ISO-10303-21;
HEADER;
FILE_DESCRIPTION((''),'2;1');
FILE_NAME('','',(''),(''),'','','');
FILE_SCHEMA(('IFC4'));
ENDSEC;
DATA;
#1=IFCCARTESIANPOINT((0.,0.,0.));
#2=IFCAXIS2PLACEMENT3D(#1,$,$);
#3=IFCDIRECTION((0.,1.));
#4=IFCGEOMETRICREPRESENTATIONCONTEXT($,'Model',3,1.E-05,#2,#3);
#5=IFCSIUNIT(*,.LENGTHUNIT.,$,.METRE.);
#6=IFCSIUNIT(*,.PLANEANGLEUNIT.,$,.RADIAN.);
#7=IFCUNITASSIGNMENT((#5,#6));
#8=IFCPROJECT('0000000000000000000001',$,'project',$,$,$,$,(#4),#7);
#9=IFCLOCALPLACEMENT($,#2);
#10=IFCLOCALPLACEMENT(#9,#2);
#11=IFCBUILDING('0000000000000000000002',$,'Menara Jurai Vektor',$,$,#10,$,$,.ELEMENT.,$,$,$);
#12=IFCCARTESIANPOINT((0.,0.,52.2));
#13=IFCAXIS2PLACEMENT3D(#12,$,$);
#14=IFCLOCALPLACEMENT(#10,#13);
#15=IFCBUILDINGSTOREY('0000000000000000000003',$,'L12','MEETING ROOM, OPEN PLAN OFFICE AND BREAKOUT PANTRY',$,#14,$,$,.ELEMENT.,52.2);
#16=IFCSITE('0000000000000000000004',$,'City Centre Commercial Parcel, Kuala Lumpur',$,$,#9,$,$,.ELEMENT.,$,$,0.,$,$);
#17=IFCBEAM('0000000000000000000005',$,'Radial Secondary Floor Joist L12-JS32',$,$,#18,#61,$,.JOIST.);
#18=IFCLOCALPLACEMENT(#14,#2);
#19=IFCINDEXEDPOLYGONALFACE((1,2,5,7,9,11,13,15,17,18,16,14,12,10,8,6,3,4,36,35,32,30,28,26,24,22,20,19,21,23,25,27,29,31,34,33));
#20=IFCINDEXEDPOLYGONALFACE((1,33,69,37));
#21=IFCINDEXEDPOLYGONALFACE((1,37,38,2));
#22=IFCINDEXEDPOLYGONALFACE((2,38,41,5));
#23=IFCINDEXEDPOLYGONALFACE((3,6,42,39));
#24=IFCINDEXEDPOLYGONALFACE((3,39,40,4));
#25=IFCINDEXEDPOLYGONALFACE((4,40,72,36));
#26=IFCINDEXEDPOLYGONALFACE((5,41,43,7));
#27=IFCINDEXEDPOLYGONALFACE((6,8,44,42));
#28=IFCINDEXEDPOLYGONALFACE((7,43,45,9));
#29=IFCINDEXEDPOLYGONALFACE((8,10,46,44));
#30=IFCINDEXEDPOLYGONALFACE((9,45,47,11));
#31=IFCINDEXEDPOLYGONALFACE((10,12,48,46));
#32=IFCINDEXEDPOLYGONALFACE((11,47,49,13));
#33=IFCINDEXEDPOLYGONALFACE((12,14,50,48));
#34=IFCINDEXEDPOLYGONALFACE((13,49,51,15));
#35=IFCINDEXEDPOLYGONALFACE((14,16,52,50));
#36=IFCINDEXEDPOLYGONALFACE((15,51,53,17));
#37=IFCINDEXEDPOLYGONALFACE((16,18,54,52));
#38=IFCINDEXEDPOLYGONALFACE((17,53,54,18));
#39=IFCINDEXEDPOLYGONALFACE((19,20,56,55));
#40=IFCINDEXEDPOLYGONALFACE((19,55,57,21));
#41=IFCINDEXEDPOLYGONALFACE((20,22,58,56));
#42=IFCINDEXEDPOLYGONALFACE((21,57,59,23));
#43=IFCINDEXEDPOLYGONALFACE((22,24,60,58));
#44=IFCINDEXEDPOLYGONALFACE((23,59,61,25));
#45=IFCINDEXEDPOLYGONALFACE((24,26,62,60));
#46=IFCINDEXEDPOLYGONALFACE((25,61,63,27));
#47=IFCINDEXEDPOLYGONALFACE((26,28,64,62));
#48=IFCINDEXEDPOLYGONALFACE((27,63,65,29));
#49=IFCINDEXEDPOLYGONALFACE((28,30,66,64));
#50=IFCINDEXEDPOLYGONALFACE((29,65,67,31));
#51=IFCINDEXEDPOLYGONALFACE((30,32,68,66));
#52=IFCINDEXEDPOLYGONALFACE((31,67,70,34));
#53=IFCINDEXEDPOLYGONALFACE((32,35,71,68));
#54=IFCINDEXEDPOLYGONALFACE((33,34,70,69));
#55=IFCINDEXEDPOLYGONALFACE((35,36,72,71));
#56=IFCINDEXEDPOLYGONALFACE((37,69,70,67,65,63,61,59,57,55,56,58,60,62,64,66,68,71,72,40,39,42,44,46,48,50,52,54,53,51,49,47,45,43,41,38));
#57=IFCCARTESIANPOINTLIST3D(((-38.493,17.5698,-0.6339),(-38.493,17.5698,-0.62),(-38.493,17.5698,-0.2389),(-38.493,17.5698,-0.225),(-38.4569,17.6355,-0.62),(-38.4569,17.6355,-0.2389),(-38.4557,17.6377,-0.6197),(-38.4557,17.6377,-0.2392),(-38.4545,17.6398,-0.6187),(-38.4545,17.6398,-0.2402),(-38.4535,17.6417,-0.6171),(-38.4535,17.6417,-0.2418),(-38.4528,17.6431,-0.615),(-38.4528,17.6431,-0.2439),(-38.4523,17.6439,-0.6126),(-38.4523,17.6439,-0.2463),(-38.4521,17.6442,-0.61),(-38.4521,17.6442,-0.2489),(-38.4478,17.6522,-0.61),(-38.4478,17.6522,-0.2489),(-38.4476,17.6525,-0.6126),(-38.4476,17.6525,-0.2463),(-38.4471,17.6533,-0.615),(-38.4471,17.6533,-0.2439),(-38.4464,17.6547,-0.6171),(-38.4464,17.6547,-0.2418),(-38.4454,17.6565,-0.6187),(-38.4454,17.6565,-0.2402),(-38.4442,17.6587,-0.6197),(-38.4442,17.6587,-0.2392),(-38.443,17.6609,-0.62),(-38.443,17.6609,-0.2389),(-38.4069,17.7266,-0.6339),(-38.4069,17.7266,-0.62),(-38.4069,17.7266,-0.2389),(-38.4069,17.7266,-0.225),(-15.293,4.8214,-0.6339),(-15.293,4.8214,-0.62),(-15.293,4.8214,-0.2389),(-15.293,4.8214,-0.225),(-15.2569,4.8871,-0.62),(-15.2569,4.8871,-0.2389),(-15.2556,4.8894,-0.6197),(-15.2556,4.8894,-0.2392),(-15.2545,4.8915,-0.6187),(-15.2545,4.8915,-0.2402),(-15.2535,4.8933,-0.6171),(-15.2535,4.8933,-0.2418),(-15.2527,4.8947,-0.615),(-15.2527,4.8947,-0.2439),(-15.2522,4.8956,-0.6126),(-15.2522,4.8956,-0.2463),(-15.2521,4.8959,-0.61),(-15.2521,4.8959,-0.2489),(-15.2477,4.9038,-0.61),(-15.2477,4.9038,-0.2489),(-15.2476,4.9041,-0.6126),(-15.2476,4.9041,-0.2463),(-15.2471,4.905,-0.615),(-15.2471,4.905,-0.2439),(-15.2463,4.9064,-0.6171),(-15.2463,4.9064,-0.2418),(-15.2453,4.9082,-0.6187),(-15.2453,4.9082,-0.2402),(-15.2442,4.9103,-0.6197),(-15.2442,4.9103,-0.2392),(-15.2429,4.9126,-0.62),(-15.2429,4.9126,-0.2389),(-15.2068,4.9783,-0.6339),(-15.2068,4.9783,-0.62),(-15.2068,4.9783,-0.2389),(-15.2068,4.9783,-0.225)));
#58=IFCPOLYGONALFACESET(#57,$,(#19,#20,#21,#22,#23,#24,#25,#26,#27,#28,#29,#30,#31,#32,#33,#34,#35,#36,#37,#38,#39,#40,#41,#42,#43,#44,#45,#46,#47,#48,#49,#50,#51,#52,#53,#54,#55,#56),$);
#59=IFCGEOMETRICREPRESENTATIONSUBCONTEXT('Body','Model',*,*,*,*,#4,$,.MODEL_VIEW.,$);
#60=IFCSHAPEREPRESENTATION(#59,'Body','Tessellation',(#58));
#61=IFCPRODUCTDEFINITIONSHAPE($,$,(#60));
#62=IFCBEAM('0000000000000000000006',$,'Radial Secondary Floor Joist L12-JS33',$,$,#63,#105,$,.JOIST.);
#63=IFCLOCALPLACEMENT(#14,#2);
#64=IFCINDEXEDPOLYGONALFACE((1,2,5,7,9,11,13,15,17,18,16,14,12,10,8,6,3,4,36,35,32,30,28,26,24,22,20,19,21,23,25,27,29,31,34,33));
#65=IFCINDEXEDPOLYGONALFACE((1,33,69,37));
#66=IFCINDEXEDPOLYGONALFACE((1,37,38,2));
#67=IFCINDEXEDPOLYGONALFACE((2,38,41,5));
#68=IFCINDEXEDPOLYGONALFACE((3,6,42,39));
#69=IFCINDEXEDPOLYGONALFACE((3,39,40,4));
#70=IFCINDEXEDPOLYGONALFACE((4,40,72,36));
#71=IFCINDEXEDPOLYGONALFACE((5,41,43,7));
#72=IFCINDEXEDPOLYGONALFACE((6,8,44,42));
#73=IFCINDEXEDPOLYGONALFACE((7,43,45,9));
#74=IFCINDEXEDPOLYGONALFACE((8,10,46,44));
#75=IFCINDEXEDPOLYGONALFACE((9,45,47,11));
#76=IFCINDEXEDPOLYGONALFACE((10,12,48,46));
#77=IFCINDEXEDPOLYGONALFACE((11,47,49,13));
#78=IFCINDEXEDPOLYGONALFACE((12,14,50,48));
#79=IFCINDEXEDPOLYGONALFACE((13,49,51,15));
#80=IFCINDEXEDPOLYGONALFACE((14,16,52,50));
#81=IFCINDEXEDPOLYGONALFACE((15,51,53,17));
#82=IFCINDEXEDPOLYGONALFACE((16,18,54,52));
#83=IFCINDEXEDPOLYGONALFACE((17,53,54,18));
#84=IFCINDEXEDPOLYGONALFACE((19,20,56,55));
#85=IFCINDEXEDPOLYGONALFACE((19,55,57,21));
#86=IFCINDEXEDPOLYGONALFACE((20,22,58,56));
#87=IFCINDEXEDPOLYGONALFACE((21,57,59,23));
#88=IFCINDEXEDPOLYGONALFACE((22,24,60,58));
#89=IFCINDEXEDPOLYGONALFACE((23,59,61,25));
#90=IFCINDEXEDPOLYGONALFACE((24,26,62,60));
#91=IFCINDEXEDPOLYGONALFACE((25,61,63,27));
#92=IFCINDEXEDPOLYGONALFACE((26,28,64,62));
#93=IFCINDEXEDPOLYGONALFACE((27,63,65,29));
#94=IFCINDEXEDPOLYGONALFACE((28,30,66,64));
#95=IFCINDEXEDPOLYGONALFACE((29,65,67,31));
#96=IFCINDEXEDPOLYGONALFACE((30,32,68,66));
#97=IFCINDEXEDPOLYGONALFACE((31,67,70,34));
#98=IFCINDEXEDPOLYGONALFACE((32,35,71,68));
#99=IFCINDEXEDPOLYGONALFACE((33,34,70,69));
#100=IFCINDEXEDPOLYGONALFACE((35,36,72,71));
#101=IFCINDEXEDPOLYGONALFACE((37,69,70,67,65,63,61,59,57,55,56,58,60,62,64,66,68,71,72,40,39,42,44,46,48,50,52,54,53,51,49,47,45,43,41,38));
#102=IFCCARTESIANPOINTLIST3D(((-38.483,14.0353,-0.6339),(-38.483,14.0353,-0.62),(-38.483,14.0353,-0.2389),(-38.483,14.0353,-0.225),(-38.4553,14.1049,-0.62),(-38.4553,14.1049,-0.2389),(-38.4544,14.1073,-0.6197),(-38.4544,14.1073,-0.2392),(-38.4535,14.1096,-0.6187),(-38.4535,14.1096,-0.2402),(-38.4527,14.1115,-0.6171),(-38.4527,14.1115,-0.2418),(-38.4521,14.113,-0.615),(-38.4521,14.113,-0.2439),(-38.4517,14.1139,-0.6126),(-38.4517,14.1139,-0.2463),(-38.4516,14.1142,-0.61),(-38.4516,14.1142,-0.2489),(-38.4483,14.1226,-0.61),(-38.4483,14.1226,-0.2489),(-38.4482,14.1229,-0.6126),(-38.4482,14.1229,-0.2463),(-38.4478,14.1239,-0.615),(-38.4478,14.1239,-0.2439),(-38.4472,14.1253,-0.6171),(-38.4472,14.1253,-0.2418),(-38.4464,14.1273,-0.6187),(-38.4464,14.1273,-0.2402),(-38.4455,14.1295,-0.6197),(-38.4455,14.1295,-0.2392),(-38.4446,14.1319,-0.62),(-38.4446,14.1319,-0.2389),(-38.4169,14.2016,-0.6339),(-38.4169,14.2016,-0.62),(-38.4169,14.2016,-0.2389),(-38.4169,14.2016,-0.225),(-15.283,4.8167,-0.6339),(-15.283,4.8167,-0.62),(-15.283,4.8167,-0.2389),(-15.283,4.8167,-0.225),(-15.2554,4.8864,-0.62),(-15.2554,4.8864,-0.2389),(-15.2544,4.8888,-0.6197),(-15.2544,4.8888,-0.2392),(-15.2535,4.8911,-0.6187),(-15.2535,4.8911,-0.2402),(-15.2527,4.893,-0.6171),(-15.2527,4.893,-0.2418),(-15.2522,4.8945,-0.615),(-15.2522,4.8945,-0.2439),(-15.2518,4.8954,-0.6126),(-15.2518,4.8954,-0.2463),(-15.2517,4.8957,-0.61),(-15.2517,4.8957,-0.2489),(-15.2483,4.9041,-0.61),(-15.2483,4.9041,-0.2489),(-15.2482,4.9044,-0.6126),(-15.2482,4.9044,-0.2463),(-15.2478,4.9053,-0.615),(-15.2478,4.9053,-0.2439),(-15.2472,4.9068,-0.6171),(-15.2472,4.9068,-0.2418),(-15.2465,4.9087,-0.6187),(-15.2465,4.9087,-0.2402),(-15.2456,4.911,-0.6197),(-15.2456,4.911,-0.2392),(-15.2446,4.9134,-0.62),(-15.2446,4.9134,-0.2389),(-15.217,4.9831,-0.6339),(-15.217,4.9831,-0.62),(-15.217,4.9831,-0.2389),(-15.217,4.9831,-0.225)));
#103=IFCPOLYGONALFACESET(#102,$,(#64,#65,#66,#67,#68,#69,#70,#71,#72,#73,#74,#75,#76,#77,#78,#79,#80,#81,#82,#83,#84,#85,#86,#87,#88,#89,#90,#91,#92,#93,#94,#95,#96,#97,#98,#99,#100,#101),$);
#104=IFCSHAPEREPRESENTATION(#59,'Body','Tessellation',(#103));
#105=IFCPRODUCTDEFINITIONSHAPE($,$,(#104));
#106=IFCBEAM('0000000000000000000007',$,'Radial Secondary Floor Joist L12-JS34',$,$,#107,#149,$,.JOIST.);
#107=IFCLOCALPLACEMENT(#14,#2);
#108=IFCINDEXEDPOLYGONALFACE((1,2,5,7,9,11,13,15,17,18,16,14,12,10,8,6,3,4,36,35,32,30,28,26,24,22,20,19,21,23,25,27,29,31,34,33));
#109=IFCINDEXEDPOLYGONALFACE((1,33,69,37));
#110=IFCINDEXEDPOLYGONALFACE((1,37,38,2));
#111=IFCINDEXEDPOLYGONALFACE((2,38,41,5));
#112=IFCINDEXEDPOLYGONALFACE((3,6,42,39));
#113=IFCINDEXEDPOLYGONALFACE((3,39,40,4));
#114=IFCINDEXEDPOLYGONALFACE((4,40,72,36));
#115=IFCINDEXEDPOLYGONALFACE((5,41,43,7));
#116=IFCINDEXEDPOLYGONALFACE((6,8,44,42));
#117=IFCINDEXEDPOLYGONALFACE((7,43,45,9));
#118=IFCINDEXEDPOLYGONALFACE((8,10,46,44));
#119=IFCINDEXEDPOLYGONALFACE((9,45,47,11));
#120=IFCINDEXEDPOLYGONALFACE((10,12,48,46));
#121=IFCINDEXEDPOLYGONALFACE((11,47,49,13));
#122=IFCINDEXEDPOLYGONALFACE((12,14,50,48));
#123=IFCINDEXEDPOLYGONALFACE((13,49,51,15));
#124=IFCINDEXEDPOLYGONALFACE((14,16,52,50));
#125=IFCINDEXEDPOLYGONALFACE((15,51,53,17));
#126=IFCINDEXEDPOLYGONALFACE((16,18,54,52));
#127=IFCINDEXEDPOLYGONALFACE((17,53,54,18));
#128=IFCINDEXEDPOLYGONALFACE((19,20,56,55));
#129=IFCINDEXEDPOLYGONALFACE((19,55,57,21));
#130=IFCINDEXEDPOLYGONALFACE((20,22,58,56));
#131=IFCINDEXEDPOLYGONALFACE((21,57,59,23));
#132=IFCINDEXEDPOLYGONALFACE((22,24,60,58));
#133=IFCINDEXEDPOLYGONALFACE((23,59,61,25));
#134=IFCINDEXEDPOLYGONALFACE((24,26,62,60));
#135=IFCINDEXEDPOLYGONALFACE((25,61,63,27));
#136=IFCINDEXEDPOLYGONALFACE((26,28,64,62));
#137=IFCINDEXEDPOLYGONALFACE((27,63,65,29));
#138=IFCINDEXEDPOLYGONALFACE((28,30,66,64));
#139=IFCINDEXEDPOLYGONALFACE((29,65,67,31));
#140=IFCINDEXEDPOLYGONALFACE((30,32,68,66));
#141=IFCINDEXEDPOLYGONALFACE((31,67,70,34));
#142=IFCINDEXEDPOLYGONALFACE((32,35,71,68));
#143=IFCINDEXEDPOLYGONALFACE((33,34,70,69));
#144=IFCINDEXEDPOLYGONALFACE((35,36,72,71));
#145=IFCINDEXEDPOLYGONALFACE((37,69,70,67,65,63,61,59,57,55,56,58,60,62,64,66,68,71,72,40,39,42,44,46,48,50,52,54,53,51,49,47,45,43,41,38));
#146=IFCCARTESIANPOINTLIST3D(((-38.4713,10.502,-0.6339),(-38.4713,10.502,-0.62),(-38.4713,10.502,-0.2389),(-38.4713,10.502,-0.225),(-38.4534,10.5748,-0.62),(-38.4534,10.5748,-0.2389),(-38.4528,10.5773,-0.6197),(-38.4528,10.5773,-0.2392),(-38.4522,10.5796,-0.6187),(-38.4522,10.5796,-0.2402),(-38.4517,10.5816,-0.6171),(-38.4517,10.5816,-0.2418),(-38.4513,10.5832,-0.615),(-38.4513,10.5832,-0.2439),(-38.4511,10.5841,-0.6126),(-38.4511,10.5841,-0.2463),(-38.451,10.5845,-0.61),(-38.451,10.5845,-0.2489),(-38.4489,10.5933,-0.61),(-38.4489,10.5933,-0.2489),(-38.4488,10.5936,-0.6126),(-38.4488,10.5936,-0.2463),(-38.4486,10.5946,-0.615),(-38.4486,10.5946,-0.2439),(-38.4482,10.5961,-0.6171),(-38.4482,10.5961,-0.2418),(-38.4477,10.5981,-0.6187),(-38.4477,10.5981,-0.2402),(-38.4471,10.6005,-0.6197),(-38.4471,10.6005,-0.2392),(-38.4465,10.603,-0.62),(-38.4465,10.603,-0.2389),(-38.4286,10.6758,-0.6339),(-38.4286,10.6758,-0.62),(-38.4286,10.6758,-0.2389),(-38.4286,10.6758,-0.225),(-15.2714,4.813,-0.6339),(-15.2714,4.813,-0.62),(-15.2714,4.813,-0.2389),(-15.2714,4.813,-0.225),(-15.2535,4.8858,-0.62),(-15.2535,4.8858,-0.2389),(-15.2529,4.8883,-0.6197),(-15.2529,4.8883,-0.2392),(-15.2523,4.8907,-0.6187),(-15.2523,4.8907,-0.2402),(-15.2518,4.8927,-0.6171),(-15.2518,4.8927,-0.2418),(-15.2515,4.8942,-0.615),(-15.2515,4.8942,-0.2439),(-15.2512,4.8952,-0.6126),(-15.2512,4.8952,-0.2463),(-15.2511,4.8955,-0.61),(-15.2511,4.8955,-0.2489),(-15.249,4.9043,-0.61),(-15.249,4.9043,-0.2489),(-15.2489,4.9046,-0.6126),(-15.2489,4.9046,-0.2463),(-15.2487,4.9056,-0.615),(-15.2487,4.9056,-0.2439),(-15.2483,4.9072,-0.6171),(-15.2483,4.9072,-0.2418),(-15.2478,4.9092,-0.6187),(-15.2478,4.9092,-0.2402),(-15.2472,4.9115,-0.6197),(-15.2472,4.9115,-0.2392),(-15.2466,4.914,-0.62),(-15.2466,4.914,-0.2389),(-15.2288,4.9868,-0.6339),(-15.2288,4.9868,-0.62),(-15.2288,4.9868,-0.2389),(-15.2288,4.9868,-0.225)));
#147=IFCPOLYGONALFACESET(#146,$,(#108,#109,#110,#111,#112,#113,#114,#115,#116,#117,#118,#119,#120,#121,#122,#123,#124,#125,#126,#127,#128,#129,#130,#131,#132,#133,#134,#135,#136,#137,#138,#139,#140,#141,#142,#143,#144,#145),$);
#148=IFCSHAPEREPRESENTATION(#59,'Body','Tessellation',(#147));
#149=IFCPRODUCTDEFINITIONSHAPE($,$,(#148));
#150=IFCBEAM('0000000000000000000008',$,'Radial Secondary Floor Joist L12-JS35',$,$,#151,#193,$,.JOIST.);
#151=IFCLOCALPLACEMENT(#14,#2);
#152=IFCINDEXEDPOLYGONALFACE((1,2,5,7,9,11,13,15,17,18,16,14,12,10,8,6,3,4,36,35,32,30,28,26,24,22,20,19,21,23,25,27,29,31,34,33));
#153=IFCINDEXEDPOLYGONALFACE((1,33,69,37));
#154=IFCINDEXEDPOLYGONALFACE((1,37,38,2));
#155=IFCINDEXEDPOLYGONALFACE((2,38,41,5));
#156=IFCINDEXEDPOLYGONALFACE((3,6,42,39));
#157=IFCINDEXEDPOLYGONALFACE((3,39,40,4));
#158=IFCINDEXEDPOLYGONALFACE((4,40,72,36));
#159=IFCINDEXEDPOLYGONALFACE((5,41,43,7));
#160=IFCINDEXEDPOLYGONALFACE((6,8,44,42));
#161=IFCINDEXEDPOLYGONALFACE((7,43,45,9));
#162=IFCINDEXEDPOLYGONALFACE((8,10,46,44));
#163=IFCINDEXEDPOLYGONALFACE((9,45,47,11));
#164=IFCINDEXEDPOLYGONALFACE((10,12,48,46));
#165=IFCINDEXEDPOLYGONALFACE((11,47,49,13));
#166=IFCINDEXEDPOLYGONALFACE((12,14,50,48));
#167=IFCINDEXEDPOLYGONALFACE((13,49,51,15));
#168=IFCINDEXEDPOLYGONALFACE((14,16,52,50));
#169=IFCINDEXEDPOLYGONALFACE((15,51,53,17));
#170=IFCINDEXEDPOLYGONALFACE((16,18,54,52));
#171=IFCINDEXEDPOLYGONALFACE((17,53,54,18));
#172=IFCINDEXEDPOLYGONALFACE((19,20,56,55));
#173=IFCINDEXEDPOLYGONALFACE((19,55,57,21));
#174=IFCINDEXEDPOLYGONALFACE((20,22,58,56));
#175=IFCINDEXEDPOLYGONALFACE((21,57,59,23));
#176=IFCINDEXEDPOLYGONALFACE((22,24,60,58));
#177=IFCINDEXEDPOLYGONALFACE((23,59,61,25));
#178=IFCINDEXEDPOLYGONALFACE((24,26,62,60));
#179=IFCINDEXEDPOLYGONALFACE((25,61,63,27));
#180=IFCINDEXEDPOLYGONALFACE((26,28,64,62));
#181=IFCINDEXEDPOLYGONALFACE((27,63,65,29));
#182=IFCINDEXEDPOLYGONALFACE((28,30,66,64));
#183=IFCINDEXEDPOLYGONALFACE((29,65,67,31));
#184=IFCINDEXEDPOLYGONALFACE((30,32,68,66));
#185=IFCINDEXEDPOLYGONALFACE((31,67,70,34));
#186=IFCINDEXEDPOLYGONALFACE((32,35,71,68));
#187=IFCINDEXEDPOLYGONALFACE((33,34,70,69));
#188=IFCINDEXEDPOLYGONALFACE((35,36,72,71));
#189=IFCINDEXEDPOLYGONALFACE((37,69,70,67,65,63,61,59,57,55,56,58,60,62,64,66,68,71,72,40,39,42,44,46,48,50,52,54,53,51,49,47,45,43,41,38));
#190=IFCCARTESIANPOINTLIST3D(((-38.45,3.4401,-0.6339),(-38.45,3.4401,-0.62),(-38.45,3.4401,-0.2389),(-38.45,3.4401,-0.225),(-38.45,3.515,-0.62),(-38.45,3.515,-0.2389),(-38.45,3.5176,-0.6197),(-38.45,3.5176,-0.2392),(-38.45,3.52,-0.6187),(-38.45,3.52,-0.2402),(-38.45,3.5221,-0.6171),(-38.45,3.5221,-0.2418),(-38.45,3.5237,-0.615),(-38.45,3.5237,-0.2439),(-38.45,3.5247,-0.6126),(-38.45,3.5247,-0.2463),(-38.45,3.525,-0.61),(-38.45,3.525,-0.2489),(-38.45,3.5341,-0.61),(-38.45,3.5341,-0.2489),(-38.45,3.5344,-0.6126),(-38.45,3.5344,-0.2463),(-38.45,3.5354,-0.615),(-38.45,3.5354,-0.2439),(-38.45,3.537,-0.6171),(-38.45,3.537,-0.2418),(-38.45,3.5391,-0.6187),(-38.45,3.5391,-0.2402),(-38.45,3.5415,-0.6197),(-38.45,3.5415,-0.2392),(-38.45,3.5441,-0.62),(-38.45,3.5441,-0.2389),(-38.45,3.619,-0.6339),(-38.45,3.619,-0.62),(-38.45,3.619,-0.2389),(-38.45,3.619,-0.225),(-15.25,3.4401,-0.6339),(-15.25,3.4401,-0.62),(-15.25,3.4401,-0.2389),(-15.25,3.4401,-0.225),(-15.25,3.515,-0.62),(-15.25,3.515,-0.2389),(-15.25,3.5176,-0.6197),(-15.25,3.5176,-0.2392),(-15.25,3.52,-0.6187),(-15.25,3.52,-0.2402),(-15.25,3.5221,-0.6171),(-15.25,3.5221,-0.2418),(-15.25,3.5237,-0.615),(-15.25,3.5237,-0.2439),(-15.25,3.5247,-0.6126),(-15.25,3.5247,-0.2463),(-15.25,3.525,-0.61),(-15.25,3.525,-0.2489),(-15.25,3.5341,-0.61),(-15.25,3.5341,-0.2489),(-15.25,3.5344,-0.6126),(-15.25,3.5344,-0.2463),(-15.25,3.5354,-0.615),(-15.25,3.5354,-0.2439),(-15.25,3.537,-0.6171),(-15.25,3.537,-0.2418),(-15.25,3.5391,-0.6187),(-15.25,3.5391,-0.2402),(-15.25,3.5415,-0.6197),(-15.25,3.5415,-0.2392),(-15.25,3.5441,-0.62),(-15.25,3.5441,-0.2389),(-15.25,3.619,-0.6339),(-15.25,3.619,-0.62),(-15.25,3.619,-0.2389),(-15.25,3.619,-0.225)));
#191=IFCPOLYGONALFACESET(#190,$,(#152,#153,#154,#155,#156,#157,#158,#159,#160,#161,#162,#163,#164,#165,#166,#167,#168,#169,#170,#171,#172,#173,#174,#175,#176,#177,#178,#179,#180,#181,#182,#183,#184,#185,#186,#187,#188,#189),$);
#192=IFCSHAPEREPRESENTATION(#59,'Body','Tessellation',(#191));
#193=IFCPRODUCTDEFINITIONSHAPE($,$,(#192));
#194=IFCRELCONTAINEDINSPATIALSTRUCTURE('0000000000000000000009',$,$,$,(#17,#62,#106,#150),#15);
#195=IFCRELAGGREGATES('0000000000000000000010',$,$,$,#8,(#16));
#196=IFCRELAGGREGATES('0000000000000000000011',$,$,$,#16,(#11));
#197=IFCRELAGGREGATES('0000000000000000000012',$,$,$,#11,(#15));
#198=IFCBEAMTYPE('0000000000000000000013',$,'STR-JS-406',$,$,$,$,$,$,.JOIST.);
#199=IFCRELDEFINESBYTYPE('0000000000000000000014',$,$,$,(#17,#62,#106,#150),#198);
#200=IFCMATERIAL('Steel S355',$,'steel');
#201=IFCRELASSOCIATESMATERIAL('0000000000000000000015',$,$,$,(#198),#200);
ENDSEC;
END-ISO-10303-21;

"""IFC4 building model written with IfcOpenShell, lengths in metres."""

from ifc_helpers import new_model, si_unit, direction, frame, origin, origin_2d, place, context, subcontext, project, spatial, i_section, extrude, material, material_profile, profile_set, type_object, element, save


model = new_model("IFC4")

# Units and contexts
model_context = context("Model", 3, precision=1e-05, world=origin(), true_north=direction((0.0, 1.0)))
body_context = subcontext(model_context, "Body", "Model", "MODEL_VIEW")
ifc_project = project(units=[si_unit("LENGTHUNIT", "METRE"), si_unit("PLANEANGLEUNIT", "RADIAN")], contexts=[model_context])

# Site, building, storey
site_placement = place(None, origin())
site = spatial("IfcSite", under=ifc_project, at=site_placement, Name="City Centre Commercial Parcel, Kuala Lumpur", CompositionType="ELEMENT", RefElevation=0.0)
building_placement = place(site_placement, origin())
building = spatial("IfcBuilding", under=site, at=building_placement, Name="Menara Jurai Vektor", CompositionType="ELEMENT")
storey_placement = place(building_placement, frame((0.0, 0.0, 52.2)))
storey = spatial("IfcBuildingStorey", under=building, at=storey_placement, Name="L12", Description="MEETING ROOM, OPEN PLAN OFFICE AND BREAKOUT PANTRY", CompositionType="ELEMENT", Elevation=52.2)

# Beams
ifc_material_1 = material(Name="Steel S355", Category="steel")
ifc_material_profile_1 = material_profile(ifc_material_1, i_section(OverallWidth=0.179, OverallDepth=0.4089, WebThickness=0.009, FlangeThickness=0.0139, FilletRadius=0.01, at=origin_2d()), Name="UKB 406x178x67")
ifc_profile_set_1 = profile_set([ifc_material_profile_1], Name="Steel S355")
beam_type_1 = type_object("IfcBeamType", Name="STR-JS-406", PredefinedType="JOIST", material=ifc_profile_set_1)
beam_1_placement = place(storey_placement, frame((-38.45, 17.6482, -0.4294), z_axis=(0.876402, -0.48158, 0.0), x_axis=(0.48158, 0.876402, 0.0)))
element("IfcBeam", 1, at=beam_1_placement, inside=storey, type_object=beam_type_1, Name="Radial Secondary Floor Joist L12-JS32", PredefinedType="JOIST", context=body_context, shape_type="SweptSolid", body=[
    extrude(i_section(OverallWidth=0.179, OverallDepth=0.4089, WebThickness=0.009, FlangeThickness=0.0139, FilletRadius=0.01, at=origin_2d()), origin(), (0.0, 0.0, 1.0), 26.4719),
])
beam_2_placement = place(storey_placement, frame((-38.45, 14.1184, -0.4294), z_axis=(0.929323, -0.369267, 0.0), x_axis=(0.369267, 0.929323, 0.0)))
element("IfcBeam", 2, at=beam_2_placement, inside=storey, type_object=beam_type_1, Name="Radial Secondary Floor Joist L12-JS33", PredefinedType="JOIST", context=body_context, shape_type="SweptSolid", body=[
    extrude(i_section(OverallWidth=0.179, OverallDepth=0.4089, WebThickness=0.009, FlangeThickness=0.0139, FilletRadius=0.01, at=origin_2d()), origin(), (0.0, 0.0, 1.0), 24.9644),
])
beam_3_placement = place(storey_placement, frame((-38.45, 10.5889, -0.4294), z_axis=(0.971226, -0.238159, 0.0), x_axis=(0.238159, 0.971226, 0.0)))
element("IfcBeam", 3, at=beam_3_placement, inside=storey, type_object=beam_type_1, Name="Radial Secondary Floor Joist L12-JS34", PredefinedType="JOIST", context=body_context, shape_type="SweptSolid", body=[
    extrude(i_section(OverallWidth=0.179, OverallDepth=0.4089, WebThickness=0.009, FlangeThickness=0.0139, FilletRadius=0.01, at=origin_2d()), origin(), (0.0, 0.0, 1.0), 23.8872),
])
beam_4_placement = place(storey_placement, frame((-38.45, 3.5295, -0.4294), z_axis=(1.0, 0.0, 0.0), x_axis=(0.0, 1.0, 0.0)))
element("IfcBeam", 4, at=beam_4_placement, inside=storey, type_object=beam_type_1, Name="Radial Secondary Floor Joist L12-JS35", PredefinedType="JOIST", context=body_context, shape_type="SweptSolid", body=[
    extrude(i_section(OverallWidth=0.179, OverallDepth=0.4089, WebThickness=0.009, FlangeThickness=0.0139, FilletRadius=0.01, at=origin_2d()), origin(), (0.0, 0.0, 1.0), 23.2),
])

save(model, "model.ifc")
